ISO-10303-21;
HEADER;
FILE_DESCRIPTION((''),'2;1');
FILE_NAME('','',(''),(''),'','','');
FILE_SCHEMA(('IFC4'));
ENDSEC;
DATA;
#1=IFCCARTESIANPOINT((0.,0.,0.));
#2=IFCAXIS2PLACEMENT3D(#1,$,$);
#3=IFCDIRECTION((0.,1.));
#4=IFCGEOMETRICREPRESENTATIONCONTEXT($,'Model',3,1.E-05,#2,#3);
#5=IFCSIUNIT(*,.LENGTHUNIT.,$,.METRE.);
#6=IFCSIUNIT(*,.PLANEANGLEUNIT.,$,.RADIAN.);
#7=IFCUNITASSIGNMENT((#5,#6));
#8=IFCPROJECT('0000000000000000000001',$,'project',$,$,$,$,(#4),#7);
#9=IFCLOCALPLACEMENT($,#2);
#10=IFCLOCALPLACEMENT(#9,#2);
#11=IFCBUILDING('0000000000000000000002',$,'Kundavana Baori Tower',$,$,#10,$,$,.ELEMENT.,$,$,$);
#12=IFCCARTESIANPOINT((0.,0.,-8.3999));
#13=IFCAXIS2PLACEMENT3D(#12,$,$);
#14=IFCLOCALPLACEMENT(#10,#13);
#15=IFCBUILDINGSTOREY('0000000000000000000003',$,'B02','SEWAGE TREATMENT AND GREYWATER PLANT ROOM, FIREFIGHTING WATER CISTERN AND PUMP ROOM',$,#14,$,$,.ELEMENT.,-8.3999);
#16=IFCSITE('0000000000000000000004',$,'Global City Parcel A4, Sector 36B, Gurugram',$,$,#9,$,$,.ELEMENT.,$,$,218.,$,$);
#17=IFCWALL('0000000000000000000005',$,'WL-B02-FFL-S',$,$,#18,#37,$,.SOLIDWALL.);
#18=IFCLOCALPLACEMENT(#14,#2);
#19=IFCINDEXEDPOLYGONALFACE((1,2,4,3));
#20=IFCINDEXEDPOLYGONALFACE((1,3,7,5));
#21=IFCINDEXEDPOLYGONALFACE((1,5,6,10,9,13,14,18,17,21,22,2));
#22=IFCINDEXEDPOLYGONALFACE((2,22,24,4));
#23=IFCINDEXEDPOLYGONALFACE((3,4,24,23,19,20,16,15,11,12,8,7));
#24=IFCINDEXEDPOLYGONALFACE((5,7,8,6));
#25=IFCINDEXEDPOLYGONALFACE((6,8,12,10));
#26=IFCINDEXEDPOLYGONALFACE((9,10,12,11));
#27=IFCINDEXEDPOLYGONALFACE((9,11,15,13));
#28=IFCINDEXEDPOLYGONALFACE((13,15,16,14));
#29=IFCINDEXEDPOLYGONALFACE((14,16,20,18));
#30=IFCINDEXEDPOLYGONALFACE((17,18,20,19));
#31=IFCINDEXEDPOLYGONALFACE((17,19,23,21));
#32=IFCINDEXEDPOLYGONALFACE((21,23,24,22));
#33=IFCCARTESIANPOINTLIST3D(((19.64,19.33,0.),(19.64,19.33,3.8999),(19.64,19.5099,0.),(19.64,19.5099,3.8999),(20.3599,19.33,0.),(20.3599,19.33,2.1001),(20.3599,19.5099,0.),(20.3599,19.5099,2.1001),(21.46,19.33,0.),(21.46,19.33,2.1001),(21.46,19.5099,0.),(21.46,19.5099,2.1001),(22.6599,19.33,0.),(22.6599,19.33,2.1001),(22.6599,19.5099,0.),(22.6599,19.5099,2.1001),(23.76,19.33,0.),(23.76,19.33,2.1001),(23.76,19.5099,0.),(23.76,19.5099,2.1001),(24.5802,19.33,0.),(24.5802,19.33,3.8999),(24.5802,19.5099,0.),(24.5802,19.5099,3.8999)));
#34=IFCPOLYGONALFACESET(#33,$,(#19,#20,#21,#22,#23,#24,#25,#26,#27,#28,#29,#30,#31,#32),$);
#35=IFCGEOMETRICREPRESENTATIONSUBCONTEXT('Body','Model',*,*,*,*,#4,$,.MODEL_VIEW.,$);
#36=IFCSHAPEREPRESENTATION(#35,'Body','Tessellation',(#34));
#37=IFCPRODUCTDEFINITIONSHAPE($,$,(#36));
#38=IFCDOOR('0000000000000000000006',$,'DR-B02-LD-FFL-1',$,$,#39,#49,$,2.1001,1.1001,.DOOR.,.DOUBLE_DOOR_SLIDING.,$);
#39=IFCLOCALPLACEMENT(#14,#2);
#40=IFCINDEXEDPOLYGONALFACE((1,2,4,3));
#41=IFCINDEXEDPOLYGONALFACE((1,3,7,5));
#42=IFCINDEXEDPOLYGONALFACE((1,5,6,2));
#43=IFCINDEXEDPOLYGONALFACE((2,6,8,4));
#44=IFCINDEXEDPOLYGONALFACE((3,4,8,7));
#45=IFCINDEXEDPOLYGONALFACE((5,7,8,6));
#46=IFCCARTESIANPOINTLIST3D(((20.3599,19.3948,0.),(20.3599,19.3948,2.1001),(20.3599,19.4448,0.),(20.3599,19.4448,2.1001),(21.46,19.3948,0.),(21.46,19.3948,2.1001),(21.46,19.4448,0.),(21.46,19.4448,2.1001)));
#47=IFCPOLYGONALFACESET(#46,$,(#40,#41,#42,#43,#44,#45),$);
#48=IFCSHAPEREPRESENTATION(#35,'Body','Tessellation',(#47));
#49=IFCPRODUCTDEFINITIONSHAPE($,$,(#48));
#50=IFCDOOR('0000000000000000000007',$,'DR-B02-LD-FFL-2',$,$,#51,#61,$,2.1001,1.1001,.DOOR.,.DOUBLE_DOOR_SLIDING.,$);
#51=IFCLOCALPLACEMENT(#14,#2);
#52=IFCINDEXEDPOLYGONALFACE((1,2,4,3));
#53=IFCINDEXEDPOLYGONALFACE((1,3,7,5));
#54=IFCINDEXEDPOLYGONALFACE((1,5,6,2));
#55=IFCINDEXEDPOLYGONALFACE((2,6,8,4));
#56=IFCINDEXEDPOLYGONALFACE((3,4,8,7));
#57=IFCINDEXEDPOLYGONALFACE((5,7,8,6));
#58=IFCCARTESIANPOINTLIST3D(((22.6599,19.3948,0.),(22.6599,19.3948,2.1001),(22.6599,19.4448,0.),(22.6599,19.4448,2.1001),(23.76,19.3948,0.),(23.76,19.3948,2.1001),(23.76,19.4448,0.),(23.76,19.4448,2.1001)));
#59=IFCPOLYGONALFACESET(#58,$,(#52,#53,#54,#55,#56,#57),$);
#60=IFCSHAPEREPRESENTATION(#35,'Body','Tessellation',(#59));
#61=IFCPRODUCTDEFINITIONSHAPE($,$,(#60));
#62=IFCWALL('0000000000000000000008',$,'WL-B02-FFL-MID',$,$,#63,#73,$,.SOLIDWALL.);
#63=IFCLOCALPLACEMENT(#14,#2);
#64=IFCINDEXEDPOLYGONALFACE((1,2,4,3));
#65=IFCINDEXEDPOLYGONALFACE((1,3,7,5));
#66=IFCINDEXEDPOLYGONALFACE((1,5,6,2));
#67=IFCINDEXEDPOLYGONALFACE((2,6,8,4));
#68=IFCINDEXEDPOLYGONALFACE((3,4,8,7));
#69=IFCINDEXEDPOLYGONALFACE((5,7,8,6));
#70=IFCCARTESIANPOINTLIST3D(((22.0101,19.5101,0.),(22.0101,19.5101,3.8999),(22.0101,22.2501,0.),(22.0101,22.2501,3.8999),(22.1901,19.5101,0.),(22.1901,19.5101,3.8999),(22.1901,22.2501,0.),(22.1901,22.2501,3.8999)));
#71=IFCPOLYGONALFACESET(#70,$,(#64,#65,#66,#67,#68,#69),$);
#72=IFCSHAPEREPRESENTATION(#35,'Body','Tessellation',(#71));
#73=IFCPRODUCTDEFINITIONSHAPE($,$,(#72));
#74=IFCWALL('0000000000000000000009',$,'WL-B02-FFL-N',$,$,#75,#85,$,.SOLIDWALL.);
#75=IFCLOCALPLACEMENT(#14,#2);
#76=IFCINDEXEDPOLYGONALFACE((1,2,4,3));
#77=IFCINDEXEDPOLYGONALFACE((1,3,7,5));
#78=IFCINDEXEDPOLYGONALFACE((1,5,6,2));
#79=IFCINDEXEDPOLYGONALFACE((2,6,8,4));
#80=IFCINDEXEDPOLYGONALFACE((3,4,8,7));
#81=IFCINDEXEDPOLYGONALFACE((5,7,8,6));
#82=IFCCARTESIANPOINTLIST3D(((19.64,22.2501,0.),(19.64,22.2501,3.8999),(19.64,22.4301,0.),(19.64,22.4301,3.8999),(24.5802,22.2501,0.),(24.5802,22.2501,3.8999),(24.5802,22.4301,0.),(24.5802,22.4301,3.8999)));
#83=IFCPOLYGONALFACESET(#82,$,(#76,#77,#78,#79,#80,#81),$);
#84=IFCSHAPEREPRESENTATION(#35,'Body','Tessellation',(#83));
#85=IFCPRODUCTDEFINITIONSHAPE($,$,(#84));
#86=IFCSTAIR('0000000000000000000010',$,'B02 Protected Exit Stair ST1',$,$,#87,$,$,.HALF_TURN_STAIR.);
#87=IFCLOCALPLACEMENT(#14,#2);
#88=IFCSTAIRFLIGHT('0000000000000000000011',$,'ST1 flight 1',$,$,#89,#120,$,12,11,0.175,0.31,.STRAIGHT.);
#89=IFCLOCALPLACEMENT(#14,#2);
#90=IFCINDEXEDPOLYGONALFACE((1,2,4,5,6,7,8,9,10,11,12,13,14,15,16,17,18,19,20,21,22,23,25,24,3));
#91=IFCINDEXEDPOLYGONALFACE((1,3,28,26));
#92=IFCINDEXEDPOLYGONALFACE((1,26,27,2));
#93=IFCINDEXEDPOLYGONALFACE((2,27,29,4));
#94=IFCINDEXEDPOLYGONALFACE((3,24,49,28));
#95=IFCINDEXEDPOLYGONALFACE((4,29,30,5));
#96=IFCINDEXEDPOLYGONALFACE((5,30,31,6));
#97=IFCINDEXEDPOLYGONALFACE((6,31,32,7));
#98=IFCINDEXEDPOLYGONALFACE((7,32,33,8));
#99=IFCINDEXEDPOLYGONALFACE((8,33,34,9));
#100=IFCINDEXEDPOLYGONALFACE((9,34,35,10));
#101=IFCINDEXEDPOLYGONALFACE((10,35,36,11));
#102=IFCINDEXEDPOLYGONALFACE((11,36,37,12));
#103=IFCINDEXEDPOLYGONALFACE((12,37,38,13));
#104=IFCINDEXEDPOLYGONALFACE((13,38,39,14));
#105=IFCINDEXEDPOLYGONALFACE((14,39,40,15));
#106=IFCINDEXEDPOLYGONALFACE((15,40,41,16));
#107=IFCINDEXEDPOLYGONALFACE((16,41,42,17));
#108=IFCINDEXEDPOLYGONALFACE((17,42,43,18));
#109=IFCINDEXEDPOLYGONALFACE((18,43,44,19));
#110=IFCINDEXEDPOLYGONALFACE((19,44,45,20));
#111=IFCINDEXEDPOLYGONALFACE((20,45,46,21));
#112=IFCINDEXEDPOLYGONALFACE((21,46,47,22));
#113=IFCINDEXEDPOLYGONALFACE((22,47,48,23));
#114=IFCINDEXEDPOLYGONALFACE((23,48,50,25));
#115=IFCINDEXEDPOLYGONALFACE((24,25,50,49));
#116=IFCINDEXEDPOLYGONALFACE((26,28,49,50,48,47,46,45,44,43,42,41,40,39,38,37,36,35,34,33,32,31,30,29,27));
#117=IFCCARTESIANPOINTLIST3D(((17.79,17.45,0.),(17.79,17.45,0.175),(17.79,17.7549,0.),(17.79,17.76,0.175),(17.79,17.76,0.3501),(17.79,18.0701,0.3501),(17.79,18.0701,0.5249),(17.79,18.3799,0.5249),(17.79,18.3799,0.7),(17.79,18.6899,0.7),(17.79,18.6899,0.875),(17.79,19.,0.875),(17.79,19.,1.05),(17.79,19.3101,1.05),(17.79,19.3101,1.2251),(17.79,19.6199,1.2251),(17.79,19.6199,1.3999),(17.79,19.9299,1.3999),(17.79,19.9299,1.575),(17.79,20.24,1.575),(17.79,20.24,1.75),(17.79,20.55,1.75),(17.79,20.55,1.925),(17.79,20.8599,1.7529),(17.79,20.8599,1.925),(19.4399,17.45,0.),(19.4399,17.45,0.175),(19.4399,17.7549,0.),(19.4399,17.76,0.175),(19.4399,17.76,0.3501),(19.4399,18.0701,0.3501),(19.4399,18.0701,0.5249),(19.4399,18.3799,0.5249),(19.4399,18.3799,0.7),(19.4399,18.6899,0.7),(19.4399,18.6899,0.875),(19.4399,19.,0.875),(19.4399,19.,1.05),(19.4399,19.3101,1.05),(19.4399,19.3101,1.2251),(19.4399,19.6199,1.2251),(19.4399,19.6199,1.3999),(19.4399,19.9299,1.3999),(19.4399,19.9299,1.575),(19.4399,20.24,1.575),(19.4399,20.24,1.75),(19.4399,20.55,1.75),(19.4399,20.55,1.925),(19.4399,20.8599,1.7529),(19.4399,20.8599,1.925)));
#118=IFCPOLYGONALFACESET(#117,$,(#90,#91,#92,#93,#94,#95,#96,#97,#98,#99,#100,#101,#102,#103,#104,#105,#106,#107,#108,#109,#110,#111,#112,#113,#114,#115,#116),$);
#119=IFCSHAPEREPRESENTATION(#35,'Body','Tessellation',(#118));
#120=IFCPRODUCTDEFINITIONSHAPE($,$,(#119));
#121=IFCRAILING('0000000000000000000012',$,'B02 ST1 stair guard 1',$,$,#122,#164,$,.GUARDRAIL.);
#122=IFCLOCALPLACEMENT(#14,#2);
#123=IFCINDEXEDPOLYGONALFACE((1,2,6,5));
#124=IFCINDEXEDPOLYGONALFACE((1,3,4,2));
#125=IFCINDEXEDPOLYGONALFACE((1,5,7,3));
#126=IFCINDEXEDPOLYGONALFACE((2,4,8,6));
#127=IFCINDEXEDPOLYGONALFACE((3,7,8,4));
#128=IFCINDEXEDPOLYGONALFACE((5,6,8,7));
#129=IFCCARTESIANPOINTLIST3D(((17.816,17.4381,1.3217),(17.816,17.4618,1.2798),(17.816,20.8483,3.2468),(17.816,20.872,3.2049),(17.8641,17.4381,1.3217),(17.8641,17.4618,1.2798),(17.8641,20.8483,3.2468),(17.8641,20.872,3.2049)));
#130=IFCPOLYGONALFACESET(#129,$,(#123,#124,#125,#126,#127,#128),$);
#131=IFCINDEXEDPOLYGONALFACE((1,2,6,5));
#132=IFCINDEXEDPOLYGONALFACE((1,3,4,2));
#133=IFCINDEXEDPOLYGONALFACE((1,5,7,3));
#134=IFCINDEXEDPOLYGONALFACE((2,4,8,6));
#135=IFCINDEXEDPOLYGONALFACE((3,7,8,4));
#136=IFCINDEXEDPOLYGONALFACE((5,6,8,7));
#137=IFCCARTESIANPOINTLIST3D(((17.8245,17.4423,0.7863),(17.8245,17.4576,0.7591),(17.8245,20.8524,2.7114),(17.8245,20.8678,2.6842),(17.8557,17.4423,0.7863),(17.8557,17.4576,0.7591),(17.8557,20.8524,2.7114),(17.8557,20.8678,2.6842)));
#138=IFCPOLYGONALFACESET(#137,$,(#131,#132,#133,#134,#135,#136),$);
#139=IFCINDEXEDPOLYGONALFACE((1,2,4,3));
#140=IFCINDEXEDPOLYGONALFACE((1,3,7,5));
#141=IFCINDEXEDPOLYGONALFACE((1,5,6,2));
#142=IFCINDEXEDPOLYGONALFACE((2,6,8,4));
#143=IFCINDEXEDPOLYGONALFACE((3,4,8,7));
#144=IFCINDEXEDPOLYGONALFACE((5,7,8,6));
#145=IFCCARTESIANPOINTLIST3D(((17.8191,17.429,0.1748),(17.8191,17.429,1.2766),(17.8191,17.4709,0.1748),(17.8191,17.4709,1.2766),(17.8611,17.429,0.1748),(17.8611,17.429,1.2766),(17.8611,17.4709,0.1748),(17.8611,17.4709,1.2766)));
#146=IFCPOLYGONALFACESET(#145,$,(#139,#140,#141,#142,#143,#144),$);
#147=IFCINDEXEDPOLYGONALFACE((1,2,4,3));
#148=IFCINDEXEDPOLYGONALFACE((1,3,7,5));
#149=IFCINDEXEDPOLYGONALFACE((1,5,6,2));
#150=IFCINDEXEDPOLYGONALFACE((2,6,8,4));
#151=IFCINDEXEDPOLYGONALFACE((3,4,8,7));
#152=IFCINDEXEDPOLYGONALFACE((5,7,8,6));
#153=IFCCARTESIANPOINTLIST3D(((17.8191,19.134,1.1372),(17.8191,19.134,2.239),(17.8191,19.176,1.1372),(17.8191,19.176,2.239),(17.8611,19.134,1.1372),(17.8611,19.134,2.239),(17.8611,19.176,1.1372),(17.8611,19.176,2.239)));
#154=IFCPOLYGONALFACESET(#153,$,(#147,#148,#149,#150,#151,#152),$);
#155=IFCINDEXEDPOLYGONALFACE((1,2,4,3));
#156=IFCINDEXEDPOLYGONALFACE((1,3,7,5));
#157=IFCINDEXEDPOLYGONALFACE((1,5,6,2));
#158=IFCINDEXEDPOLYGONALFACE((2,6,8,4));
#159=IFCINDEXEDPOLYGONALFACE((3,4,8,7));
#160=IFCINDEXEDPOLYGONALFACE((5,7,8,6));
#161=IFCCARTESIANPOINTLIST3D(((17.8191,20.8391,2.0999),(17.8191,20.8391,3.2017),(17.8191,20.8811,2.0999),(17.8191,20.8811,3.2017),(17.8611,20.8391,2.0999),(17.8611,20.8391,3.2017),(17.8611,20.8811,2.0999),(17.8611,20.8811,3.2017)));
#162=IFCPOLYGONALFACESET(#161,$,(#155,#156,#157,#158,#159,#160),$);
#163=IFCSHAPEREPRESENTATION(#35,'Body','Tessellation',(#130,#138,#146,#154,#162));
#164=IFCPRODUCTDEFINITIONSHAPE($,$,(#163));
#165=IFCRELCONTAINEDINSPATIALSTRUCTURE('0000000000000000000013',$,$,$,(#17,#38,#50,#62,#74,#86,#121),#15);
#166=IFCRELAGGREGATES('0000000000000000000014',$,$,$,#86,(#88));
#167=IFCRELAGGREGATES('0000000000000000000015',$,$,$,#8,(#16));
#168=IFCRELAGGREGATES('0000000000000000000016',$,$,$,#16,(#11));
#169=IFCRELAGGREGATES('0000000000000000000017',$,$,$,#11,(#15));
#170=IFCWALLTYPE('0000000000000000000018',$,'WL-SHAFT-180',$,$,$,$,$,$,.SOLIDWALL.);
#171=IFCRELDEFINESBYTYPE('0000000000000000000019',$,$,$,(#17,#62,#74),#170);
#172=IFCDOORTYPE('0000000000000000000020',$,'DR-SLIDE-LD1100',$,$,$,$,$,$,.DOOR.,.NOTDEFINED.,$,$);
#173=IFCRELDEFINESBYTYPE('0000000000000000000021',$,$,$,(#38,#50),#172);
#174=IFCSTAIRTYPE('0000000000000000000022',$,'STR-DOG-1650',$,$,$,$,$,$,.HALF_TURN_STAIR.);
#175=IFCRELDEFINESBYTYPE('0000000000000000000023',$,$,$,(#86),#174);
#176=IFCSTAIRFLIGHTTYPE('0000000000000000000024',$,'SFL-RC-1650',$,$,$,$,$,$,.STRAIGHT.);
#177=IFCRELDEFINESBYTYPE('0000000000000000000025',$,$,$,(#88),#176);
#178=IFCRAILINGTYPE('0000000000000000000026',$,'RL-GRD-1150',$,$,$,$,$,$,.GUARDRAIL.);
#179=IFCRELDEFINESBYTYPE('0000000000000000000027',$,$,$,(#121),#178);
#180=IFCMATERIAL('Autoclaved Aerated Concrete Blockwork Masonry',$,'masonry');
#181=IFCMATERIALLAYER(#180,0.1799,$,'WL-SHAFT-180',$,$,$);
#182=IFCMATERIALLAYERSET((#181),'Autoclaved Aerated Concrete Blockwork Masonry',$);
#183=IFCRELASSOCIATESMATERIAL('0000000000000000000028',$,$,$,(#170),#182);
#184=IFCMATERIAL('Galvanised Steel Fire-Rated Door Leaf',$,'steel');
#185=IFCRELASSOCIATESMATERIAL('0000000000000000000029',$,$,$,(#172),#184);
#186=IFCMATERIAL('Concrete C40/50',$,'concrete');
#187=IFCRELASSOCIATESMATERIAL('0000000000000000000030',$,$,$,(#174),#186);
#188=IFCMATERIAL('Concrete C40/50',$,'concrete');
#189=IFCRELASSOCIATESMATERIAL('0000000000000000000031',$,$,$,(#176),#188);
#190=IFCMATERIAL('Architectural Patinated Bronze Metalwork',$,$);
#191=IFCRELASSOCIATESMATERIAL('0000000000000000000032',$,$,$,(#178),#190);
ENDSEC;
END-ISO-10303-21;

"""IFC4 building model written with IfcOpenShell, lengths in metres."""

from ifc_helpers import new_model, si_unit, direction, frame, frame_2d, origin, origin_2d, place, context, subcontext, project, spatial, polyline, rectangle, outline, extrude, material, layer, layer_set, type_object, element, fill, aggregate, save


model = new_model("IFC4")

# Units and contexts
model_context = context("Model", 3, precision=1e-05, world=origin(), true_north=direction((0.0, 1.0)))
body_context = subcontext(model_context, "Body", "Model", "MODEL_VIEW")
ifc_project = project(units=[si_unit("LENGTHUNIT", "METRE"), si_unit("PLANEANGLEUNIT", "RADIAN")], contexts=[model_context])

# Site, building, storey
site_placement = place(None, origin())
site = spatial("IfcSite", under=ifc_project, at=site_placement, Name="Global City Parcel A4, Sector 36B, Gurugram", CompositionType="ELEMENT", RefElevation=218.0)
building_placement = place(site_placement, origin())
building = spatial("IfcBuilding", under=site, at=building_placement, Name="Kundavana Baori Tower", CompositionType="ELEMENT")
storey_placement = place(building_placement, frame((0.0, 0.0, -8.3999)))
storey = spatial("IfcBuildingStorey", under=building, at=storey_placement, Name="B02", Description="SEWAGE TREATMENT AND GREYWATER PLANT ROOM, FIREFIGHTING WATER CISTERN AND PUMP ROOM", CompositionType="ELEMENT", Elevation=-8.3999)

# Wall, openings, doors
ifc_material_1 = material(Name="Autoclaved Aerated Concrete Blockwork Masonry", Category="masonry")
ifc_layer_1 = layer(ifc_material_1, 0.1799, Name="WL-SHAFT-180")
ifc_layer_set_1 = layer_set([ifc_layer_1], Name="Autoclaved Aerated Concrete Blockwork Masonry")
wall_type_1 = type_object("IfcWallType", Name="WL-SHAFT-180", PredefinedType="SOLIDWALL", material=ifc_layer_set_1)
wall_1_placement = place(storey_placement, frame((19.6399, 19.4199, 0.0), z_axis=(0.0, 0.0, 1.0), x_axis=(1.0, 0.0, 0.0)))
wall_1 = element("IfcWall", 1, at=wall_1_placement, inside=storey, type_object=wall_type_1, Name="WL-B02-FFL-S", PredefinedType="SOLIDWALL", context=body_context, shape_type="SweptSolid", body=[
    extrude(rectangle(XDim=4.9402, YDim=0.1799, at=frame_2d((2.4702, 0.0))), origin(), (0.0, 0.0, 1.0), 3.8999),
])
opening_1_placement = place(wall_1_placement, frame((0.72, 0.0, 0.0)))
opening_1 = element("IfcOpeningElement", 2, at=opening_1_placement, cuts=wall_1, PredefinedType="OPENING", context=body_context, shape_type="SweptSolid", body=[
    extrude(rectangle(XDim=1.1001, YDim=2.1001, at=frame_2d((0.55, 1.05))), frame((0.0, 0.1001, 0.0), z_axis=(0.0, -1.0, 0.0), x_axis=(1.0, 0.0, 0.0)), (0.0, 0.0, 1.0), 0.2),
])
opening_2_placement = place(wall_1_placement, frame((3.02, 0.0, 0.0)))
opening_2 = element("IfcOpeningElement", 3, at=opening_2_placement, cuts=wall_1, PredefinedType="OPENING", context=body_context, shape_type="SweptSolid", body=[
    extrude(rectangle(XDim=1.1001, YDim=2.1001, at=frame_2d((0.55, 1.05))), frame((0.0, 0.1001, 0.0), z_axis=(0.0, -1.0, 0.0), x_axis=(1.0, 0.0, 0.0)), (0.0, 0.0, 1.0), 0.2),
])
ifc_material_2 = material(Name="Galvanised Steel Fire-Rated Door Leaf", Category="steel")
door_type_1 = type_object("IfcDoorType", Name="DR-SLIDE-LD1100", OperationType="NOTDEFINED", PredefinedType="DOOR", material=ifc_material_2)
door_1_placement = place(opening_1_placement, origin())
door_1 = element("IfcDoor", 4, at=door_1_placement, inside=storey, type_object=door_type_1, Name="DR-B02-LD-FFL-1", OperationType="DOUBLE_DOOR_SLIDING", OverallHeight=2.1001, OverallWidth=1.1001, PredefinedType="DOOR", context=body_context, shape_type="SweptSolid", body=[
    extrude(rectangle(XDim=1.1001, YDim=2.1001, at=frame_2d((0.55, 1.05))), frame((0.0, 0.0249, 0.0), z_axis=(0.0, -1.0, 0.0), x_axis=(1.0, 0.0, 0.0)), (0.0, 0.0, 1.0), 0.05),
])
fill(opening_1, door_1)
door_2_placement = place(opening_2_placement, origin())
door_2 = element("IfcDoor", 5, at=door_2_placement, inside=storey, type_object=door_type_1, Name="DR-B02-LD-FFL-2", OperationType="DOUBLE_DOOR_SLIDING", OverallHeight=2.1001, OverallWidth=1.1001, PredefinedType="DOOR", context=body_context, shape_type="SweptSolid", body=[
    extrude(rectangle(XDim=1.1001, YDim=2.1001, at=frame_2d((0.55, 1.05))), frame((0.0, 0.0249, 0.0), z_axis=(0.0, -1.0, 0.0), x_axis=(1.0, 0.0, 0.0)), (0.0, 0.0, 1.0), 0.05),
])
fill(opening_2, door_2)

# Walls
wall_2_placement = place(storey_placement, frame((22.1001, 19.51, 0.0), z_axis=(0.0, 0.0, 1.0), x_axis=(0.0, 1.0, 0.0)))
element("IfcWall", 6, at=wall_2_placement, inside=storey, type_object=wall_type_1, Name="WL-B02-FFL-MID", PredefinedType="SOLIDWALL", context=body_context, shape_type="SweptSolid", body=[
    extrude(rectangle(XDim=2.74, YDim=0.1799, at=frame_2d((1.3701, 0.0))), origin(), (0.0, 0.0, 1.0), 3.8999),
])
wall_3_placement = place(storey_placement, frame((19.6399, 22.3401, 0.0), z_axis=(0.0, 0.0, 1.0), x_axis=(1.0, 0.0, 0.0)))
element("IfcWall", 7, at=wall_3_placement, inside=storey, type_object=wall_type_1, Name="WL-B02-FFL-N", PredefinedType="SOLIDWALL", context=body_context, shape_type="SweptSolid", body=[
    extrude(rectangle(XDim=4.9402, YDim=0.1799, at=frame_2d((2.4702, 0.0))), origin(), (0.0, 0.0, 1.0), 3.8999),
])

# Stair, stair flight
ifc_material_3 = material(Name="Concrete C40/50", Category="concrete")
stair_type = type_object("IfcStairType", Name="STR-DOG-1650", PredefinedType="HALF_TURN_STAIR", material=ifc_material_3)
stair_placement = place(storey_placement, origin())
stair = element("IfcStair", 8, at=stair_placement, inside=storey, type_object=stair_type, Name="B02 Protected Exit Stair ST1", PredefinedType="HALF_TURN_STAIR")
ifc_material_4 = material(Name="Concrete C40/50", Category="concrete")
stair_flight_type = type_object("IfcStairFlightType", Name="SFL-RC-1650", PredefinedType="STRAIGHT", material=ifc_material_4)
stair_flight_placement = place(storey_placement, frame((18.615, 17.45, 0.0), z_axis=(0.0, 0.0, 1.0), x_axis=(0.0, 1.0, 0.0)))
stair_flight = element("IfcStairFlight", 9, at=stair_flight_placement, type_object=stair_flight_type, Name="ST1 flight 1", NumberOfRisers=12, NumberOfTreads=11, PredefinedType="STRAIGHT", RiserHeight=0.175, TreadLength=0.31, context=body_context, shape_type="SweptSolid", body=[
    extrude(outline(polyline([(0.0, 0.0), (0.0, 0.175), (0.3101, 0.175), (0.3101, 0.3501), (0.6201, 0.3501), (0.6201, 0.5249), (0.9299, 0.5249), (0.9299, 0.7), (1.24, 0.7), (1.24, 0.875), (1.55, 0.875), (1.55, 1.05), (1.8601, 1.05), (1.8601, 1.2251), (2.1699, 1.2251), (2.1699, 1.3999), (2.48, 1.3999), (2.48, 1.575), (2.79, 1.575), (2.79, 1.75), (3.1001, 1.75), (3.1001, 1.925), (3.4099, 1.925), (3.4099, 2.1001), (3.4099, 1.7529), (0.3049, 0.0), (0.0, 0.0)])), frame((0.0, 0.825, 0.0), z_axis=(0.0, -1.0, 0.0), x_axis=(1.0, 0.0, 0.0)), (0.0, 0.0, 1.0), 1.6499),
])
aggregate(stair, [stair_flight])

# Railing
ifc_material_5 = material(Name="Architectural Patinated Bronze Metalwork")
railing_type_1 = type_object("IfcRailingType", Name="RL-GRD-1150", PredefinedType="GUARDRAIL", material=ifc_material_5)
railing_1_placement = place(storey_placement, frame((17.8401, 17.45, 0.1748)))
element("IfcRailing", 10, at=railing_1_placement, inside=storey, type_object=railing_type_1, Name="B02 ST1 stair guard 1", PredefinedType="GUARDRAIL", context=body_context, shape_type="SweptSolid", body=[
    extrude(rectangle(XDim=0.0481, YDim=0.0481, at=origin_2d()), frame((0.0, 0.0, 1.126), z_axis=(0.0, 0.870829, 0.491587), x_axis=(-1.0, 0.0, 0.0)), (0.0, 0.0, 1.0), 3.916),
    extrude(rectangle(XDim=0.0312, YDim=0.0312, at=origin_2d()), frame((0.0, 0.0, 0.5979), z_axis=(0.0, 0.870829, 0.491587), x_axis=(-1.0, 0.0, 0.0)), (0.0, 0.0, 1.0), 3.916),
    extrude(rectangle(XDim=0.042, YDim=0.042, at=origin_2d()), origin(), (0.0, 0.0, 1.0), 1.1018),
    extrude(rectangle(XDim=0.042, YDim=0.042, at=origin_2d()), frame((0.0, 1.7051, 0.9624)), (0.0, 0.0, 1.0), 1.1018),
    extrude(rectangle(XDim=0.042, YDim=0.042, at=origin_2d()), frame((0.0, 3.4102, 1.925)), (0.0, 0.0, 1.0), 1.1018),
])

save(model, "model.ifc")
